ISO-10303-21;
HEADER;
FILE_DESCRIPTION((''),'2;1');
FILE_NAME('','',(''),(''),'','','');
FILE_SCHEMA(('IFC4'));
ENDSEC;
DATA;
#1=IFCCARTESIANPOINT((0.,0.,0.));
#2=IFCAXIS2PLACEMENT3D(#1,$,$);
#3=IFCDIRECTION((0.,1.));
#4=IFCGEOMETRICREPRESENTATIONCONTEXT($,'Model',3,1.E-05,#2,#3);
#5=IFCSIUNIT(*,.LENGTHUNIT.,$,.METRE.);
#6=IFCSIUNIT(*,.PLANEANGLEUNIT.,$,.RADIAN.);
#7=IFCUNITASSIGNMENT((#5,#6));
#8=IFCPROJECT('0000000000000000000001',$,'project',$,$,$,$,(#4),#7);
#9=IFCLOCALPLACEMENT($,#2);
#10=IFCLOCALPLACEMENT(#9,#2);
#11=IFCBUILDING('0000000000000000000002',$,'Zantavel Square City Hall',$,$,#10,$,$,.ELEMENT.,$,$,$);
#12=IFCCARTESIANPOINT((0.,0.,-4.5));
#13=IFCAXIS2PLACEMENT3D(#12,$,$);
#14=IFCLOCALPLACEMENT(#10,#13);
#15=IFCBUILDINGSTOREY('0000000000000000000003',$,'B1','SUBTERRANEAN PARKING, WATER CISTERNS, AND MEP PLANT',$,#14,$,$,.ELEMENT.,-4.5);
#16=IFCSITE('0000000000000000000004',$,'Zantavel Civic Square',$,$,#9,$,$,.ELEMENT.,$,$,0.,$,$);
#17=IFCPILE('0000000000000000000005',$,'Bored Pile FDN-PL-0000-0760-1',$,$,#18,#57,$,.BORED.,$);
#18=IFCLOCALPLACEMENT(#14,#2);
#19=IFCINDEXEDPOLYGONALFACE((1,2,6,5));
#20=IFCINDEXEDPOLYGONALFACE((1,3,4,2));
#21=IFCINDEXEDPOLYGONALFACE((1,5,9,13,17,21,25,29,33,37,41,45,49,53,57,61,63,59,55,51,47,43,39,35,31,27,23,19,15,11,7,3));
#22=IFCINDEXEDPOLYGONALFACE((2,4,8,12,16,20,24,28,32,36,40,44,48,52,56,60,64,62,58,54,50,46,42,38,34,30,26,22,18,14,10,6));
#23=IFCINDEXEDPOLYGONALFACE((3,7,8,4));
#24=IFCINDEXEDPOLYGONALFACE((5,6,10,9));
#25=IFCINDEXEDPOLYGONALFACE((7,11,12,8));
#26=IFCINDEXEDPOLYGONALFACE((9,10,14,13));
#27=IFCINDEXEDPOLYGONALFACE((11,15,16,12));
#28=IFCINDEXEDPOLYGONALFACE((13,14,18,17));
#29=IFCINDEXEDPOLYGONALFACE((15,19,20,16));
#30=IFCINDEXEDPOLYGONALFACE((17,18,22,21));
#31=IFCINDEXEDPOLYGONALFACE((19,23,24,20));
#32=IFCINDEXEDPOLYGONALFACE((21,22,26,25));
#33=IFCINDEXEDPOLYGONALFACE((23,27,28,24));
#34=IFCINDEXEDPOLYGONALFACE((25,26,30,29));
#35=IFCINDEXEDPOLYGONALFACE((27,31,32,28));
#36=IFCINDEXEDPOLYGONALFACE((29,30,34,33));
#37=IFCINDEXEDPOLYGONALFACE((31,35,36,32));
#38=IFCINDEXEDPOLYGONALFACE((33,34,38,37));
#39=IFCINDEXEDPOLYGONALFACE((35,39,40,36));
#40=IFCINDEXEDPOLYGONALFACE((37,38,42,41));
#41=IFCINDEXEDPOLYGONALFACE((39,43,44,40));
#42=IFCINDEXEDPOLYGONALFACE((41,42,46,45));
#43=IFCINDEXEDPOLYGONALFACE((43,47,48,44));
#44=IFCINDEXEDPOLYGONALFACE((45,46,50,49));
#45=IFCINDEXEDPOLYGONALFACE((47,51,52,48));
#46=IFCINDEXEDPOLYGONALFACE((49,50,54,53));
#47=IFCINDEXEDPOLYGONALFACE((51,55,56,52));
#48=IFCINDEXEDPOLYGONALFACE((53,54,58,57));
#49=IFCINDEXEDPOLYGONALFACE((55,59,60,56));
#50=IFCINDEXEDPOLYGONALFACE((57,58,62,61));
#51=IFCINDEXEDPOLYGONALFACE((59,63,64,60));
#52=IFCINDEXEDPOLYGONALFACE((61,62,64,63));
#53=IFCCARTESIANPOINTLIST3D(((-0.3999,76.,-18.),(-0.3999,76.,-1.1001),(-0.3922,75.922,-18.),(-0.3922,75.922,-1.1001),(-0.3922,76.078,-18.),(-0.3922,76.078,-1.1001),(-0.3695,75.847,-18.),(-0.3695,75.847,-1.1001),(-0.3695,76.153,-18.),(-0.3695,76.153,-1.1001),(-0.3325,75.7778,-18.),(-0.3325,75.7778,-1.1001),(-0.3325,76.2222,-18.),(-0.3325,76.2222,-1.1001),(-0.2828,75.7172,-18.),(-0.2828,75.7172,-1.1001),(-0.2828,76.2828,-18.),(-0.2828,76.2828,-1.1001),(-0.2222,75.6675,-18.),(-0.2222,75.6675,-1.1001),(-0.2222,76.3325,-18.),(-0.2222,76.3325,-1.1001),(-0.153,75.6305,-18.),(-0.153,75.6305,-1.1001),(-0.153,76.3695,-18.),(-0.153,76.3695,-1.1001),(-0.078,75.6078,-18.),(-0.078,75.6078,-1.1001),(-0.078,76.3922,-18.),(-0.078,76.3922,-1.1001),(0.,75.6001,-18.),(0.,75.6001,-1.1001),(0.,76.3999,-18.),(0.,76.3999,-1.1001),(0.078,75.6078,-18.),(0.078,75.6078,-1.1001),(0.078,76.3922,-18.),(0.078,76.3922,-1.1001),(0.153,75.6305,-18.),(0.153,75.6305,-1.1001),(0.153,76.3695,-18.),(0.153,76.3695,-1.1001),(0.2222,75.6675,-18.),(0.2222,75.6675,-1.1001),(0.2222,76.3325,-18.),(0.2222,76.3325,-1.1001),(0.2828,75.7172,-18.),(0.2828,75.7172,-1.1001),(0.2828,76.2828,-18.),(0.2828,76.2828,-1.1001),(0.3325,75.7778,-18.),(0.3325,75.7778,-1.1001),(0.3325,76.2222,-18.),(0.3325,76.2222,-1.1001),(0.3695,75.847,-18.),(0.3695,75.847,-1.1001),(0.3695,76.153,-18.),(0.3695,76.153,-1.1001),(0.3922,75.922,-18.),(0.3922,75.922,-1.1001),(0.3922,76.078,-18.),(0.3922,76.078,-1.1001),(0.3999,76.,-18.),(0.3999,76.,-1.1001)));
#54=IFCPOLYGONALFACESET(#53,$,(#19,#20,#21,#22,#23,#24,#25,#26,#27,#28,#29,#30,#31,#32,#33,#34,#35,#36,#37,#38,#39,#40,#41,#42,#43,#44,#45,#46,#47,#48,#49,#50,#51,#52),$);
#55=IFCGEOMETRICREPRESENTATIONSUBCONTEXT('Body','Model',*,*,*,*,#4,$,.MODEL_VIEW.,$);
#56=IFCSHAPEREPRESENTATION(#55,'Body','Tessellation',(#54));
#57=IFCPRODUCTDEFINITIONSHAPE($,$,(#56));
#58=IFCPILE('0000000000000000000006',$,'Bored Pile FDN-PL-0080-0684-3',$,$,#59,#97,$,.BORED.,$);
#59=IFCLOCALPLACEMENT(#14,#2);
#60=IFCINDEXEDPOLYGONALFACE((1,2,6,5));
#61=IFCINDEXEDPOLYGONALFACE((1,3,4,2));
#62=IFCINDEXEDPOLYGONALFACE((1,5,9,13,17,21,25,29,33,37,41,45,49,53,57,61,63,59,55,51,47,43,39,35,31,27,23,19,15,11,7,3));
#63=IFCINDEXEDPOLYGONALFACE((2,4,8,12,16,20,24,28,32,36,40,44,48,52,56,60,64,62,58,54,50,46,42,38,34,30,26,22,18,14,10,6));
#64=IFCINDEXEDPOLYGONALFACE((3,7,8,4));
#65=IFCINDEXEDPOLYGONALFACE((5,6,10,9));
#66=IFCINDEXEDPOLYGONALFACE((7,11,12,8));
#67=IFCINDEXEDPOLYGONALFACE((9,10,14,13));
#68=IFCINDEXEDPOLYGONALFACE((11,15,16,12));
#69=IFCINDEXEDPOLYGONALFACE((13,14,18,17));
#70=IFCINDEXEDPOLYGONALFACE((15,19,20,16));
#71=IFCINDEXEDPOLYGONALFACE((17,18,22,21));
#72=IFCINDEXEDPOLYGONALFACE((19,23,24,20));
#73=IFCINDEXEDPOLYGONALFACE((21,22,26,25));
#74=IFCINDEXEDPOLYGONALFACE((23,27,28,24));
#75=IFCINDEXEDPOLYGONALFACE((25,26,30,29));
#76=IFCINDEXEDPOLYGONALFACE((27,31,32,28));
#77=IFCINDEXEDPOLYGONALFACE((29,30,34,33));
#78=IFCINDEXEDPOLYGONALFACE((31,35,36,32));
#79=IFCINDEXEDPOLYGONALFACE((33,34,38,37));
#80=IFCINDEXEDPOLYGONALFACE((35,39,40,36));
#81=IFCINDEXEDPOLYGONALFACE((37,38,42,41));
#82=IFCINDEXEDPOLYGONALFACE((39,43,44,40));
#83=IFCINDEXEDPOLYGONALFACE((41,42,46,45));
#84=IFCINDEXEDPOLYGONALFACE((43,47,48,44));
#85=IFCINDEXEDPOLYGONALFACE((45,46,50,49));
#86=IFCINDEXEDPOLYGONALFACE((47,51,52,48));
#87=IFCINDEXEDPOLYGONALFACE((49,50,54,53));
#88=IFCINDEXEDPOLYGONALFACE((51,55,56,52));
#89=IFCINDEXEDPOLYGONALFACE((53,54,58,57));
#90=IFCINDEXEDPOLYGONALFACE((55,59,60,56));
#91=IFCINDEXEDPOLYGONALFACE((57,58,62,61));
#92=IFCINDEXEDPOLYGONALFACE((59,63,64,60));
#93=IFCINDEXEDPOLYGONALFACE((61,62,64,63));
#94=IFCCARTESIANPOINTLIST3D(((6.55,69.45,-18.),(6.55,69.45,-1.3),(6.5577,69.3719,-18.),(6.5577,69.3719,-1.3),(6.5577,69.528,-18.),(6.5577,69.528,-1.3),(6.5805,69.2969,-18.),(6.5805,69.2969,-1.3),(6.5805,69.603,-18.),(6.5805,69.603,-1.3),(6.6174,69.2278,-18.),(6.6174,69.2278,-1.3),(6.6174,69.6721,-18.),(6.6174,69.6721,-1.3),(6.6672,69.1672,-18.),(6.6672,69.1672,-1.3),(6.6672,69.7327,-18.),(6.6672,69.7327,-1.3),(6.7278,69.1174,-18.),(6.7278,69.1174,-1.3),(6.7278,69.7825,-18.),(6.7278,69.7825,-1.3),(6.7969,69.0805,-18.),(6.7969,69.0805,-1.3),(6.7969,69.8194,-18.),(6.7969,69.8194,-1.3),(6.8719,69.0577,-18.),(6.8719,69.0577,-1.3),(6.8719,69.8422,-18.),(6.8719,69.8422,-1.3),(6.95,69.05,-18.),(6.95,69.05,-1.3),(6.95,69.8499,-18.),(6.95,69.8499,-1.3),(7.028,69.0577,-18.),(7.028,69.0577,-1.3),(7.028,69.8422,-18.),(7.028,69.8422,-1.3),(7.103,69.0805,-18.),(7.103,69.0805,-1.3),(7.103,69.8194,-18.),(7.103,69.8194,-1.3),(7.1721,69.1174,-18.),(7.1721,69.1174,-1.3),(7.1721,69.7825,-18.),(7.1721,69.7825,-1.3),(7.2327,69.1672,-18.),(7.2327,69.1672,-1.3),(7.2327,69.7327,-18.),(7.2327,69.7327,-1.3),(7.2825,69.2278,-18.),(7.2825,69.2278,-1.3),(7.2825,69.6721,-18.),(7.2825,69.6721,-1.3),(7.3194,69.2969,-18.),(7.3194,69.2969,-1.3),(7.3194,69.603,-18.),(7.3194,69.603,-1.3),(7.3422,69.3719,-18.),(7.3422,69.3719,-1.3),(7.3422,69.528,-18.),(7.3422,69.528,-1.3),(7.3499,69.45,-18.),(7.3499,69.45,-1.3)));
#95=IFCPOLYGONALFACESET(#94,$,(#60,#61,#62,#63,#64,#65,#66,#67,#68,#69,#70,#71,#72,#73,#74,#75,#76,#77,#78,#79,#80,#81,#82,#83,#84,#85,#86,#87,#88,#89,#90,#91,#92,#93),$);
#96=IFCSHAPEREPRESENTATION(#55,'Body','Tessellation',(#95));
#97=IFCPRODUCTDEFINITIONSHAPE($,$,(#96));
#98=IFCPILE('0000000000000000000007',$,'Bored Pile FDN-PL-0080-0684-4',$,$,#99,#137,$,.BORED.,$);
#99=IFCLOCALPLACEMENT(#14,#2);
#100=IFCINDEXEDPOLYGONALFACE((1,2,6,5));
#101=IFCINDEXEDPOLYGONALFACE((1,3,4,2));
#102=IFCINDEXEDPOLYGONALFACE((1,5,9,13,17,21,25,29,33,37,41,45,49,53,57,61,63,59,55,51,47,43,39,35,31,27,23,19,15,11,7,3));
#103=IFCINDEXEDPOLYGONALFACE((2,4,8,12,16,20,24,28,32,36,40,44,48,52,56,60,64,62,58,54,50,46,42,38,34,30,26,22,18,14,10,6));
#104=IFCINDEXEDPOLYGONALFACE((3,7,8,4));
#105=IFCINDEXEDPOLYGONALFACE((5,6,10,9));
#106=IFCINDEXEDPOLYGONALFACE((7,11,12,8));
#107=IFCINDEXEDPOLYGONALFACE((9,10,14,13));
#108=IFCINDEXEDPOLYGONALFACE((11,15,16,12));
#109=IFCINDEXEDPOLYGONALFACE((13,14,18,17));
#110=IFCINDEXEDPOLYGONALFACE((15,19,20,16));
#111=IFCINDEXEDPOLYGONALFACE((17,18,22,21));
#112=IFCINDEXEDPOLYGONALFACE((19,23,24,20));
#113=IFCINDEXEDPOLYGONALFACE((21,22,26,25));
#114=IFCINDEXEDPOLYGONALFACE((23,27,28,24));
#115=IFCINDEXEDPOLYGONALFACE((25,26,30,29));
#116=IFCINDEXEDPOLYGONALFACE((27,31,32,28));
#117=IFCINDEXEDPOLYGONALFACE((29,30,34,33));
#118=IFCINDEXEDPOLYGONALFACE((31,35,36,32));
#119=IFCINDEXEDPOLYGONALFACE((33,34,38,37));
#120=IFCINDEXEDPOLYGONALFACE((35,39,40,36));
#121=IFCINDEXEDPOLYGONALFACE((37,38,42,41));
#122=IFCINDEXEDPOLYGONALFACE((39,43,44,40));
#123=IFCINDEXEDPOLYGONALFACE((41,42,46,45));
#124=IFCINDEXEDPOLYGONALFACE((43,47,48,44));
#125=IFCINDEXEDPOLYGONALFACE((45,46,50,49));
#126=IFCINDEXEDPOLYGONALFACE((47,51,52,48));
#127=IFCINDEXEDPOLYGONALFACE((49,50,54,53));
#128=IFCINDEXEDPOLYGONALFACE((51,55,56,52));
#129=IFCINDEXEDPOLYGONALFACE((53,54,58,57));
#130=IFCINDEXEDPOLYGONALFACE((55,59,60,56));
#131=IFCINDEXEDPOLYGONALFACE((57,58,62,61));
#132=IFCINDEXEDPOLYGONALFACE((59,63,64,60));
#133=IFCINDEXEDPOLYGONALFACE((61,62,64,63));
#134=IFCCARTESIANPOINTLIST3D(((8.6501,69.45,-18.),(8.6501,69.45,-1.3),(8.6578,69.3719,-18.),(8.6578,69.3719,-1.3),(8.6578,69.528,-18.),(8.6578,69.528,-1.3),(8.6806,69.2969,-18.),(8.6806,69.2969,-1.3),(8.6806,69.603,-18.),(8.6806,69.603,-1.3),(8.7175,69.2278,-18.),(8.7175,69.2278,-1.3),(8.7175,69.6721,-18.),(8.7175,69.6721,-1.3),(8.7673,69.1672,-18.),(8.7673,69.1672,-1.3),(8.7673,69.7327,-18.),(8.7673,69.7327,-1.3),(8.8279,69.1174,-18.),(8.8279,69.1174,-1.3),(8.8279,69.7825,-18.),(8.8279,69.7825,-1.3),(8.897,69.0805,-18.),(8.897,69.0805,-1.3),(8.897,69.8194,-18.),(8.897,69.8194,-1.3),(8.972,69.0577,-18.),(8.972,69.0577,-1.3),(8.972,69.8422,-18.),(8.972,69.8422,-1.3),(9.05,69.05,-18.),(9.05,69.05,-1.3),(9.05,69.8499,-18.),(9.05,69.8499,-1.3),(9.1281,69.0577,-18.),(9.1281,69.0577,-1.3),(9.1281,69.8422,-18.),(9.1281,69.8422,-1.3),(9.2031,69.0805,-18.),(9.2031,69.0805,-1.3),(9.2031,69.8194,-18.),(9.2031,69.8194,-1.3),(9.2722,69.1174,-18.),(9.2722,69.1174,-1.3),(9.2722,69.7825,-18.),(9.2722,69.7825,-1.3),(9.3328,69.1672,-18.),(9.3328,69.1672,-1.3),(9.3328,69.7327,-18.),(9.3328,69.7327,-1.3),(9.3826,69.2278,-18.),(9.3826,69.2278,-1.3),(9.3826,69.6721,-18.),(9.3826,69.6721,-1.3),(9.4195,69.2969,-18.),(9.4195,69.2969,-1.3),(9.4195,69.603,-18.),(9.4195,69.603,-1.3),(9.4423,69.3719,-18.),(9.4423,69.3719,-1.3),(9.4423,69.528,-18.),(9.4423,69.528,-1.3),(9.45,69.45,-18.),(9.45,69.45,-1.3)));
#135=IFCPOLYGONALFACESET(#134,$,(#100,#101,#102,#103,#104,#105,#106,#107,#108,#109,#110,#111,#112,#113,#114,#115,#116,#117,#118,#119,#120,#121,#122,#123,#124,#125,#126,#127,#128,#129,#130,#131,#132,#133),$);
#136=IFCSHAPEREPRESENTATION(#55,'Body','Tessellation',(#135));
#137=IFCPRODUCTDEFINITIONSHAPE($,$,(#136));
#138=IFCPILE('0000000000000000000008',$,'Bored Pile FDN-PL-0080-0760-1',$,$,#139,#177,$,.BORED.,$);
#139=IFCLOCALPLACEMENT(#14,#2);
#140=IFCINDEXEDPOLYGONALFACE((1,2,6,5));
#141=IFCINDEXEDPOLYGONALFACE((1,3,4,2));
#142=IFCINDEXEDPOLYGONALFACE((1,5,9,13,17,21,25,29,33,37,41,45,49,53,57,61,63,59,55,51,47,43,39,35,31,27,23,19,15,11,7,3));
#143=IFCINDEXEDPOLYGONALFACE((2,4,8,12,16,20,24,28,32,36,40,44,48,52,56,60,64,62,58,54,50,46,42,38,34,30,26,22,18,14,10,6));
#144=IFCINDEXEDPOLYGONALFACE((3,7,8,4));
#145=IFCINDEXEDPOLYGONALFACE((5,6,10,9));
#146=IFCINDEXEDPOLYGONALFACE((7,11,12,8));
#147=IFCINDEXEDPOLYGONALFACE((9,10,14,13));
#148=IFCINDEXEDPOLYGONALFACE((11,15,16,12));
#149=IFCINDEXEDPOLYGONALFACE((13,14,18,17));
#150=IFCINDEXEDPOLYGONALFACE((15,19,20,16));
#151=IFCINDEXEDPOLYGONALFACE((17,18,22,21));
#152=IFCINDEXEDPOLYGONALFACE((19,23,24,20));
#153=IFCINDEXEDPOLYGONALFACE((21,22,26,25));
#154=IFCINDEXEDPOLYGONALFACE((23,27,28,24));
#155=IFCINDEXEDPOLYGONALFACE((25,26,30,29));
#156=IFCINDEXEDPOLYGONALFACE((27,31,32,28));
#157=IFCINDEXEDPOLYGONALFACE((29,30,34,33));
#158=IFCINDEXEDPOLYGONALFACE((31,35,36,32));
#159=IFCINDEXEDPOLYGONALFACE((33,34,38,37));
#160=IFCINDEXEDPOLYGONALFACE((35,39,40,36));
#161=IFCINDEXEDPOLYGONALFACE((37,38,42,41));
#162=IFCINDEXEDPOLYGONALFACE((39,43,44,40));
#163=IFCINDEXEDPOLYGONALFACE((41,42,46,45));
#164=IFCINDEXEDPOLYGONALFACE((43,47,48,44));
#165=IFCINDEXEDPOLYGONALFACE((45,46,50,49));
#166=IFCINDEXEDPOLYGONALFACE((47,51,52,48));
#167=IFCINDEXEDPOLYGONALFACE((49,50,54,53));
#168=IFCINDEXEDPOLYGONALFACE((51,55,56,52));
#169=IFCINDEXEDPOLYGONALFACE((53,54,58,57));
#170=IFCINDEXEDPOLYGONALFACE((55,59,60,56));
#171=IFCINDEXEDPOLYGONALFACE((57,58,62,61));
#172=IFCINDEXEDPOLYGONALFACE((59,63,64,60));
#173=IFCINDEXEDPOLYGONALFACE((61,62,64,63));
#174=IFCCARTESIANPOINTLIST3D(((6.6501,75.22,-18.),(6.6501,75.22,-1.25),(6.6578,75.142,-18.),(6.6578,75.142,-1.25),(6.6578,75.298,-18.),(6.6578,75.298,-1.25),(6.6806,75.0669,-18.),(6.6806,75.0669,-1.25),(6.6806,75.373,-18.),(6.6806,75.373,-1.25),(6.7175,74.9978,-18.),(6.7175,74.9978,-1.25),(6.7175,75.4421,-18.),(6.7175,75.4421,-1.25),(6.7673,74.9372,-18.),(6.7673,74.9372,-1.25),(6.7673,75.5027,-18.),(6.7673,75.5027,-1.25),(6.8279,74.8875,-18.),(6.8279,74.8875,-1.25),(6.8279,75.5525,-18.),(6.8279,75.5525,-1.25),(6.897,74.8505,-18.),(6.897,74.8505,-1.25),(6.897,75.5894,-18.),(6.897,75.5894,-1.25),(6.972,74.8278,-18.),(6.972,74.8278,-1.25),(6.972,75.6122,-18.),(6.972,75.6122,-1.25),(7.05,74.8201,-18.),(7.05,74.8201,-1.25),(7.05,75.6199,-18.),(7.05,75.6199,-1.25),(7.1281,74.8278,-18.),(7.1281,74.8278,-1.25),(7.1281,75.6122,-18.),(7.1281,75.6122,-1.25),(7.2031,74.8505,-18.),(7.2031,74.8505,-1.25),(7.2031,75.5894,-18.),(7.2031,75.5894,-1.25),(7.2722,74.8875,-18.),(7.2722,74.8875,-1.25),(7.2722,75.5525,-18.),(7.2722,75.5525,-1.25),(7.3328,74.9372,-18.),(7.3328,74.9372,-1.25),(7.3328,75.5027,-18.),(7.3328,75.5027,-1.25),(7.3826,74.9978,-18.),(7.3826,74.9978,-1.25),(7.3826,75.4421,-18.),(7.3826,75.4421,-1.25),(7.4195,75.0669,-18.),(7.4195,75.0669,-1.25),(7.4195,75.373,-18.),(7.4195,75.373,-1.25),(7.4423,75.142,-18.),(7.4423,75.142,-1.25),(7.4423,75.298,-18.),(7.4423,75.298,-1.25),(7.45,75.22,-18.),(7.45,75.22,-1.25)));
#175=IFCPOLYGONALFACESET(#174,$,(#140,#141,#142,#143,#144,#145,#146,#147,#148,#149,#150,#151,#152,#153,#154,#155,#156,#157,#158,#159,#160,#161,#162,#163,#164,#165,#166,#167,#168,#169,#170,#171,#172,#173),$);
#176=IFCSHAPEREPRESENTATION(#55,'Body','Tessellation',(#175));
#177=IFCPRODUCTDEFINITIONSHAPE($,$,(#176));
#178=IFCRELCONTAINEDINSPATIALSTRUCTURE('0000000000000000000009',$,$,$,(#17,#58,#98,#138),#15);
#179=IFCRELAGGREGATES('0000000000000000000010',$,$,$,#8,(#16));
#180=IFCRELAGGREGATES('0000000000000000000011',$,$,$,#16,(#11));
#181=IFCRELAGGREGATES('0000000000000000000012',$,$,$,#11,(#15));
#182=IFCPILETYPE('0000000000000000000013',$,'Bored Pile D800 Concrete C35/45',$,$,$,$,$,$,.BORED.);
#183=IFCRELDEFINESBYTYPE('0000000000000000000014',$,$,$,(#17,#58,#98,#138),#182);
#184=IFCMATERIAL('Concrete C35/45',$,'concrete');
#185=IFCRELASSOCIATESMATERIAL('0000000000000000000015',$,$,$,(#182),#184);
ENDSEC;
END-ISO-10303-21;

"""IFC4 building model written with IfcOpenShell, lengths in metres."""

from ifc_helpers import new_model, si_unit, direction, frame, origin, origin_2d, place, context, subcontext, project, spatial, circle, extrude, material, material_profile, profile_set, type_object, element, save


model = new_model("IFC4")

# Units and contexts
model_context = context("Model", 3, precision=1e-05, world=origin(), true_north=direction((0.0, 1.0)))
body_context = subcontext(model_context, "Body", "Model", "MODEL_VIEW")
ifc_project = project(units=[si_unit("LENGTHUNIT", "METRE"), si_unit("PLANEANGLEUNIT", "RADIAN")], contexts=[model_context])

# Site, building, storey
site_placement = place(None, origin())
site = spatial("IfcSite", under=ifc_project, at=site_placement, Name="Zantavel Civic Square", CompositionType="ELEMENT", RefElevation=0.0)
building_placement = place(site_placement, origin())
building = spatial("IfcBuilding", under=site, at=building_placement, Name="Zantavel Square City Hall", CompositionType="ELEMENT")
storey_placement = place(building_placement, frame((0.0, 0.0, -4.5)))
storey = spatial("IfcBuildingStorey", under=building, at=storey_placement, Name="B1", Description="SUBTERRANEAN PARKING, WATER CISTERNS, AND MEP PLANT", CompositionType="ELEMENT", Elevation=-4.5)

# Piles
ifc_material_1 = material(Name="Concrete C35/45", Category="concrete")
ifc_material_profile_1 = material_profile(ifc_material_1, circle(Radius=0.3999, at=origin_2d()), Name="PILE D800")
ifc_profile_set_1 = profile_set([ifc_material_profile_1], Name="Concrete C35/45")
pile_type = type_object("IfcPileType", Name="Bored Pile D800 Concrete C35/45", PredefinedType="BORED", material=ifc_profile_set_1)
pile_1_placement = place(storey_placement, frame((0.0, 76.0, -1.1001), z_axis=(0.0, 0.0, -1.0), x_axis=(1.0, 0.0, 0.0)))
element("IfcPile", 1, at=pile_1_placement, inside=storey, type_object=pile_type, Name="Bored Pile FDN-PL-0000-0760-1", PredefinedType="BORED", context=body_context, shape_type="SweptSolid", body=[
    extrude(circle(Radius=0.3999, at=origin_2d()), origin(), (0.0, 0.0, 1.0), 16.8999),
])
for number, where, z_axis, x_axis, name in (
    (2, (6.95, 69.45, -1.3), (0.0, 0.0, -1.0), (1.0, 0.0, 0.0), "Bored Pile FDN-PL-0080-0684-3"),
    (3, (9.05, 69.45, -1.3), (0.0, 0.0, -1.0), (1.0, 0.0, 0.0), "Bored Pile FDN-PL-0080-0684-4"),
):
    element("IfcPile", number, at=place(storey_placement, frame(where, z_axis=z_axis, x_axis=x_axis)), inside=storey, type_object=pile_type, Name=name, PredefinedType="BORED", context=body_context, shape_type="SweptSolid", body=[
        extrude(circle(Radius=0.3999, at=origin_2d()), origin(), (0.0, 0.0, 1.0), 16.7),
    ])
for number, where, z_axis, x_axis, name in (
    (4, (7.05, 75.22, -1.25), (0.0, 0.0, -1.0), (1.0, 0.0, 0.0), "Bored Pile FDN-PL-0080-0760-1"),
):
    element("IfcPile", number, at=place(storey_placement, frame(where, z_axis=z_axis, x_axis=x_axis)), inside=storey, type_object=pile_type, Name=name, PredefinedType="BORED", context=body_context, shape_type="SweptSolid", body=[
        extrude(circle(Radius=0.3999, at=origin_2d()), origin(), (0.0, 0.0, 1.0), 16.75),
    ])

save(model, "model.ifc")
